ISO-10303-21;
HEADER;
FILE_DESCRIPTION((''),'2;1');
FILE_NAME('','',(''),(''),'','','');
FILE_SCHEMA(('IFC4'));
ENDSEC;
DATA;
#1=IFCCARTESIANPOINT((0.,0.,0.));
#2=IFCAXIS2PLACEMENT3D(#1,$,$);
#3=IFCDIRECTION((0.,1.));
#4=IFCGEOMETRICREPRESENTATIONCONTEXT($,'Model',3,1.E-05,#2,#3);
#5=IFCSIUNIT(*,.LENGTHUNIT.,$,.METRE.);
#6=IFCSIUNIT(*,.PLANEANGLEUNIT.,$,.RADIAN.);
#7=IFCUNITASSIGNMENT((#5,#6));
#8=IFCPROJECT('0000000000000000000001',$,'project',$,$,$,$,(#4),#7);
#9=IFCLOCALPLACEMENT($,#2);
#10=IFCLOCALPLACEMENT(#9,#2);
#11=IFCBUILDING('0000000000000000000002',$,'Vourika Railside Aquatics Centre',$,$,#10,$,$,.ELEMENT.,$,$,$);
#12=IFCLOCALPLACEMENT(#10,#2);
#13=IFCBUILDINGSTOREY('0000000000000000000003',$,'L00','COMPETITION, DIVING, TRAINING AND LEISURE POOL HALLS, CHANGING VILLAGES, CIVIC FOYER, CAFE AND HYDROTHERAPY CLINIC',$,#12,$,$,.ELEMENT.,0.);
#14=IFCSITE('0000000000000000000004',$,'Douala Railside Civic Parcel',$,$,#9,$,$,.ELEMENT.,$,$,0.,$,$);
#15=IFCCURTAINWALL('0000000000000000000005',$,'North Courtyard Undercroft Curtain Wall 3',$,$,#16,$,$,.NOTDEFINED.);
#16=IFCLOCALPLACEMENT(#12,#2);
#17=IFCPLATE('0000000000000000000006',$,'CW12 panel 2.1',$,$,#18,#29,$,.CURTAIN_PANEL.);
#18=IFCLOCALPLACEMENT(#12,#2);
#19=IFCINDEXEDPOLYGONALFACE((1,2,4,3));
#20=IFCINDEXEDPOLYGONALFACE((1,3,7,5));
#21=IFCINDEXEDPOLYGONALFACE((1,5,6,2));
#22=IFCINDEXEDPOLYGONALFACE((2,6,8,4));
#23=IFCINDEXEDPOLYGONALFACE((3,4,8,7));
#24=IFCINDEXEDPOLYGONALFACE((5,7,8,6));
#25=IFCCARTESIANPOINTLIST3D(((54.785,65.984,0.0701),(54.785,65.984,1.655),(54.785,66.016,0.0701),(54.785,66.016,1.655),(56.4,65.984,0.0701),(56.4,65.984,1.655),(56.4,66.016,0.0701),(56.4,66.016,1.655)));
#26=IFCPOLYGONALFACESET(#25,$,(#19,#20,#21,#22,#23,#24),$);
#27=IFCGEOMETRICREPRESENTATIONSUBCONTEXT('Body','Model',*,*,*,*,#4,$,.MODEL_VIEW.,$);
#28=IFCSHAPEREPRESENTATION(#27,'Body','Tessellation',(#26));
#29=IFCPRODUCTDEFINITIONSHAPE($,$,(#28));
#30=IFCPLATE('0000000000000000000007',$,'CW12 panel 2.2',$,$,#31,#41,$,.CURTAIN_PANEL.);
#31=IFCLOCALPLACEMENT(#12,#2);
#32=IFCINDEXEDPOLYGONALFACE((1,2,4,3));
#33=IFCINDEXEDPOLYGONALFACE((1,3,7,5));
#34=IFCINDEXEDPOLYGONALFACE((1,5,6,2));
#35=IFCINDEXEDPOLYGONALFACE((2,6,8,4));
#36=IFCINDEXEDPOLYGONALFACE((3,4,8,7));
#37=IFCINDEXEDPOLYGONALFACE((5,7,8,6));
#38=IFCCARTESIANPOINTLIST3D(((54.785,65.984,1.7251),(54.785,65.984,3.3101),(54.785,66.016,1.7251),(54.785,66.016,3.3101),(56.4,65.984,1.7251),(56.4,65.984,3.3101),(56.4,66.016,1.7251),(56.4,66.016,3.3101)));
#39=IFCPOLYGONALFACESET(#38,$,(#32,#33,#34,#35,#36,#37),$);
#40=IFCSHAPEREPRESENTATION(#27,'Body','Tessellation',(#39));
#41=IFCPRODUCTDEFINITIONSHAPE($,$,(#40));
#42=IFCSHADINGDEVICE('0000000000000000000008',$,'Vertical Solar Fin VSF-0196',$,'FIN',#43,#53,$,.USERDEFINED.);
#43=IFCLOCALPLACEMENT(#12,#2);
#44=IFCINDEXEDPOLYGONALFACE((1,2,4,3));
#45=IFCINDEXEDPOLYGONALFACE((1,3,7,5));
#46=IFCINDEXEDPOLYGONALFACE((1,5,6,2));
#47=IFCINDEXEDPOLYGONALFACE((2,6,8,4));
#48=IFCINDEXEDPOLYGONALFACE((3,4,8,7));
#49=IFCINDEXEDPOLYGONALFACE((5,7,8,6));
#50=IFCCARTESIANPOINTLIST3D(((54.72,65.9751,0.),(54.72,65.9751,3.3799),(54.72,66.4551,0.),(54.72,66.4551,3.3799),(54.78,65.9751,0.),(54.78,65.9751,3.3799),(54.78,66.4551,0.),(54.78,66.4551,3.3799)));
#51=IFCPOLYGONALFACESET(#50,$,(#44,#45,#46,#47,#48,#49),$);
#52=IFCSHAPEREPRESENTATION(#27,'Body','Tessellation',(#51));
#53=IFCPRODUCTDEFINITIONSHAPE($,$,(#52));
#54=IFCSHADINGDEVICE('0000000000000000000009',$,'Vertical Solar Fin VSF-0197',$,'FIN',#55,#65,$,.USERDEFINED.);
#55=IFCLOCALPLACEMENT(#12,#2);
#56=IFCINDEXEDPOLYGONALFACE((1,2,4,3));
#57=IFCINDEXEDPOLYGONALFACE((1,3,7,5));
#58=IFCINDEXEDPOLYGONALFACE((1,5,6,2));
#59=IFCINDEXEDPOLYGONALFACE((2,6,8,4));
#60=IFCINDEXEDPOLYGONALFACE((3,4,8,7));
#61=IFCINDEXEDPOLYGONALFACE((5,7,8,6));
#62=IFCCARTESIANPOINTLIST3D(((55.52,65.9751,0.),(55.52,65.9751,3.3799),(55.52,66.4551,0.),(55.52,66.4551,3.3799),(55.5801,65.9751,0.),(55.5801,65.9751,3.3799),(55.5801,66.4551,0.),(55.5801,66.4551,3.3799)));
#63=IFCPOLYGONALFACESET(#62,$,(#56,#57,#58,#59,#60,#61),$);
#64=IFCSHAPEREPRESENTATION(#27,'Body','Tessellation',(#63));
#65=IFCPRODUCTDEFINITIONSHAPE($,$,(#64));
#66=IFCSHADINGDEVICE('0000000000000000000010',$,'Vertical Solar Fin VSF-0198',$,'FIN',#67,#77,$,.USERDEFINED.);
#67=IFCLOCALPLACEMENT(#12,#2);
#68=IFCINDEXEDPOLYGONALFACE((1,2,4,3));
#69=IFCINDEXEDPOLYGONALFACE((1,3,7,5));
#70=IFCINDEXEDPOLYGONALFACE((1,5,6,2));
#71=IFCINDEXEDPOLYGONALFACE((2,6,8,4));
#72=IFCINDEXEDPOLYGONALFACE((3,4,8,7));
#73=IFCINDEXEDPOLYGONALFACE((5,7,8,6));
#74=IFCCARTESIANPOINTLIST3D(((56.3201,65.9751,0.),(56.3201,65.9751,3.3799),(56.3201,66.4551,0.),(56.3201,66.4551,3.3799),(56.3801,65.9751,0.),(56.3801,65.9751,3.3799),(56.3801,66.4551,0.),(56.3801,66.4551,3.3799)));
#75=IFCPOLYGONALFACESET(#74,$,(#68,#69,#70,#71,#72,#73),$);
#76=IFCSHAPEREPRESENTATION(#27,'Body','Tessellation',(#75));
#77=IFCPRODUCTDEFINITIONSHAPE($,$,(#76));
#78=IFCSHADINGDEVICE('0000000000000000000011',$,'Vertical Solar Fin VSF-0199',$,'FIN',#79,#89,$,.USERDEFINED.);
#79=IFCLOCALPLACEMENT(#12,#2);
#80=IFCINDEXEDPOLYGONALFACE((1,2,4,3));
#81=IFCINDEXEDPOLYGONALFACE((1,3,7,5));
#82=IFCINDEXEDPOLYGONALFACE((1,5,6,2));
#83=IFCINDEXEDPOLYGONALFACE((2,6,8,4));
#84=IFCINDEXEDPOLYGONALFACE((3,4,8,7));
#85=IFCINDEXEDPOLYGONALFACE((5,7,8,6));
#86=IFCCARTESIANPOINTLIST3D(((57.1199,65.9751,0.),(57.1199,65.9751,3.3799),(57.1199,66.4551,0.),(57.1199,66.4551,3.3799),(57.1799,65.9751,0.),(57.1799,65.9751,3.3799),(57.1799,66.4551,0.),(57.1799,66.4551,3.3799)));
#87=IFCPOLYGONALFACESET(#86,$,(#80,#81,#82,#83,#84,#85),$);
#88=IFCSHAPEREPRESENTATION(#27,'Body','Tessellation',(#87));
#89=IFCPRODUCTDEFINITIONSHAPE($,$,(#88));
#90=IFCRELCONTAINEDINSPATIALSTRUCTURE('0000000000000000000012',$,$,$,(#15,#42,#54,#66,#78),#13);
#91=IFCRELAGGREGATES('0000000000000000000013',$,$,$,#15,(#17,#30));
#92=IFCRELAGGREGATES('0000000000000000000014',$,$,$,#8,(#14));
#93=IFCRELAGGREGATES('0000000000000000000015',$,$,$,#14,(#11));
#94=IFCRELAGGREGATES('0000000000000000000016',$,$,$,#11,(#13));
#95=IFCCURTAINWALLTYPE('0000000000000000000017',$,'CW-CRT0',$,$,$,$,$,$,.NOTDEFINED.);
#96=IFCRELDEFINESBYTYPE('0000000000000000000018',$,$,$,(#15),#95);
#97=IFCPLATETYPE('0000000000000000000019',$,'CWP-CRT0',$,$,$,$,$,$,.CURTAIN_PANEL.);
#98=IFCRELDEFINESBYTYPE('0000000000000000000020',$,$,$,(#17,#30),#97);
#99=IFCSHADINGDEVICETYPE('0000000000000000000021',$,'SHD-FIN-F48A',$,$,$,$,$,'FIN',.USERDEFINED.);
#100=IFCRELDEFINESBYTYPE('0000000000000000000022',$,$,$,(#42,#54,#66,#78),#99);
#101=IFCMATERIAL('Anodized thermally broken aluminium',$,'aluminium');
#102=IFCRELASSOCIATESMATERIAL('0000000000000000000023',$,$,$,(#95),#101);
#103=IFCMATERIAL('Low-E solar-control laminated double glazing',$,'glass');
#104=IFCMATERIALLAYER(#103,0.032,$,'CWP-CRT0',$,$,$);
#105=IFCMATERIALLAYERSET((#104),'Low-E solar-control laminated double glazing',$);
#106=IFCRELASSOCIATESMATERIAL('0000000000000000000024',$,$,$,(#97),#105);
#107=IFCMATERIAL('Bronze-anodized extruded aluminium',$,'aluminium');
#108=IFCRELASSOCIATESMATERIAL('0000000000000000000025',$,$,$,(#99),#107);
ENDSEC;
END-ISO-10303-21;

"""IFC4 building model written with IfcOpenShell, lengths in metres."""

from ifc_helpers import new_model, si_unit, direction, frame, origin, origin_2d, place, context, subcontext, project, spatial, rectangle, extrude, material, layer, layer_set, material_profile, profile_set, type_object, element, aggregate, save


model = new_model("IFC4")

# Units and contexts
model_context = context("Model", 3, precision=1e-05, world=origin(), true_north=direction((0.0, 1.0)))
body_context = subcontext(model_context, "Body", "Model", "MODEL_VIEW")
ifc_project = project(units=[si_unit("LENGTHUNIT", "METRE"), si_unit("PLANEANGLEUNIT", "RADIAN")], contexts=[model_context])

# Site, building, storey
site_placement = place(None, origin())
site = spatial("IfcSite", under=ifc_project, at=site_placement, Name="Douala Railside Civic Parcel", CompositionType="ELEMENT", RefElevation=0.0)
building_placement = place(site_placement, origin())
building = spatial("IfcBuilding", under=site, at=building_placement, Name="Vourika Railside Aquatics Centre", CompositionType="ELEMENT")
storey_placement = place(building_placement, origin())
storey = spatial("IfcBuildingStorey", under=building, at=storey_placement, Name="L00", Description="COMPETITION, DIVING, TRAINING AND LEISURE POOL HALLS, CHANGING VILLAGES, CIVIC FOYER, CAFE AND HYDROTHERAPY CLINIC", CompositionType="ELEMENT", Elevation=0.0)

# Curtain wall, plates
ifc_material_1 = material(Name="Anodized thermally broken aluminium", Category="aluminium")
curtain_wall_type = type_object("IfcCurtainWallType", Name="CW-CRT0", PredefinedType="NOTDEFINED", material=ifc_material_1)
curtain_wall_placement = place(storey_placement, origin())
curtain_wall = element("IfcCurtainWall", 1, at=curtain_wall_placement, inside=storey, type_object=curtain_wall_type, Name="North Courtyard Undercroft Curtain Wall 3", PredefinedType="NOTDEFINED")
ifc_material_2 = material(Name="Low-E solar-control laminated double glazing", Category="glass")
ifc_layer = layer(ifc_material_2, 0.032, Name="CWP-CRT0")
ifc_layer_set = layer_set([ifc_layer], Name="Low-E solar-control laminated double glazing")
plate_type = type_object("IfcPlateType", Name="CWP-CRT0", PredefinedType="CURTAIN_PANEL", material=ifc_layer_set)
plate_1_placement = place(storey_placement, frame((55.5925, 66.0, 0.0701), z_axis=(0.0, 0.0, 1.0), x_axis=(-1.0, 0.0, 0.0)))
plate_1 = element("IfcPlate", 2, at=plate_1_placement, type_object=plate_type, Name="CW12 panel 2.1", PredefinedType="CURTAIN_PANEL", context=body_context, shape_type="SweptSolid", body=[
    extrude(rectangle(XDim=1.615, YDim=0.032, at=origin_2d()), origin(), (0.0, 0.0, 1.0), 1.585),
])
plate_2_placement = place(storey_placement, frame((55.5925, 66.0, 1.7251), z_axis=(0.0, 0.0, 1.0), x_axis=(-1.0, 0.0, 0.0)))
plate_2 = element("IfcPlate", 3, at=plate_2_placement, type_object=plate_type, Name="CW12 panel 2.2", PredefinedType="CURTAIN_PANEL", context=body_context, shape_type="SweptSolid", body=[
    extrude(rectangle(XDim=1.615, YDim=0.032, at=origin_2d()), origin(), (0.0, 0.0, 1.0), 1.585),
])
aggregate(curtain_wall, [plate_1, plate_2])

# Shading devices
ifc_material_3 = material(Name="Bronze-anodized extruded aluminium", Category="aluminium")
ifc_material_profile_1 = material_profile(ifc_material_3, rectangle(XDim=0.0601, YDim=0.48, at=origin_2d()), Name="ALU-FIN 60x480")
ifc_profile_set_1 = profile_set([ifc_material_profile_1], Name="Bronze-anodized extruded aluminium")
shading_device_type = type_object("IfcShadingDeviceType", Name="SHD-FIN-F48A", ElementType="FIN", PredefinedType="USERDEFINED", material=ifc_profile_set_1)
for number, where, z_axis, x_axis, name in (
    (4, (54.75, 66.2151, 0.0), (0.0, 0.0, 1.0), (1.0, 0.0, 0.0), "Vertical Solar Fin VSF-0196"),
    (5, (55.55, 66.2151, 0.0), (0.0, 0.0, 1.0), (1.0, 0.0, 0.0), "Vertical Solar Fin VSF-0197"),
    (6, (56.3501, 66.2151, 0.0), (0.0, 0.0, 1.0), (1.0, 0.0, 0.0), "Vertical Solar Fin VSF-0198"),
    (7, (57.1499, 66.2151, 0.0), (0.0, 0.0, 1.0), (1.0, 0.0, 0.0), "Vertical Solar Fin VSF-0199"),
):
    element("IfcShadingDevice", number, at=place(storey_placement, frame(where, z_axis=z_axis, x_axis=x_axis)), inside=storey, type_object=shading_device_type, Name=name, ObjectType="FIN", PredefinedType="USERDEFINED", context=body_context, shape_type="SweptSolid", body=[
        extrude(rectangle(XDim=0.0601, YDim=0.48, at=origin_2d()), origin(), (0.0, 0.0, 1.0), 3.3799),
    ])

save(model, "model.ifc")
